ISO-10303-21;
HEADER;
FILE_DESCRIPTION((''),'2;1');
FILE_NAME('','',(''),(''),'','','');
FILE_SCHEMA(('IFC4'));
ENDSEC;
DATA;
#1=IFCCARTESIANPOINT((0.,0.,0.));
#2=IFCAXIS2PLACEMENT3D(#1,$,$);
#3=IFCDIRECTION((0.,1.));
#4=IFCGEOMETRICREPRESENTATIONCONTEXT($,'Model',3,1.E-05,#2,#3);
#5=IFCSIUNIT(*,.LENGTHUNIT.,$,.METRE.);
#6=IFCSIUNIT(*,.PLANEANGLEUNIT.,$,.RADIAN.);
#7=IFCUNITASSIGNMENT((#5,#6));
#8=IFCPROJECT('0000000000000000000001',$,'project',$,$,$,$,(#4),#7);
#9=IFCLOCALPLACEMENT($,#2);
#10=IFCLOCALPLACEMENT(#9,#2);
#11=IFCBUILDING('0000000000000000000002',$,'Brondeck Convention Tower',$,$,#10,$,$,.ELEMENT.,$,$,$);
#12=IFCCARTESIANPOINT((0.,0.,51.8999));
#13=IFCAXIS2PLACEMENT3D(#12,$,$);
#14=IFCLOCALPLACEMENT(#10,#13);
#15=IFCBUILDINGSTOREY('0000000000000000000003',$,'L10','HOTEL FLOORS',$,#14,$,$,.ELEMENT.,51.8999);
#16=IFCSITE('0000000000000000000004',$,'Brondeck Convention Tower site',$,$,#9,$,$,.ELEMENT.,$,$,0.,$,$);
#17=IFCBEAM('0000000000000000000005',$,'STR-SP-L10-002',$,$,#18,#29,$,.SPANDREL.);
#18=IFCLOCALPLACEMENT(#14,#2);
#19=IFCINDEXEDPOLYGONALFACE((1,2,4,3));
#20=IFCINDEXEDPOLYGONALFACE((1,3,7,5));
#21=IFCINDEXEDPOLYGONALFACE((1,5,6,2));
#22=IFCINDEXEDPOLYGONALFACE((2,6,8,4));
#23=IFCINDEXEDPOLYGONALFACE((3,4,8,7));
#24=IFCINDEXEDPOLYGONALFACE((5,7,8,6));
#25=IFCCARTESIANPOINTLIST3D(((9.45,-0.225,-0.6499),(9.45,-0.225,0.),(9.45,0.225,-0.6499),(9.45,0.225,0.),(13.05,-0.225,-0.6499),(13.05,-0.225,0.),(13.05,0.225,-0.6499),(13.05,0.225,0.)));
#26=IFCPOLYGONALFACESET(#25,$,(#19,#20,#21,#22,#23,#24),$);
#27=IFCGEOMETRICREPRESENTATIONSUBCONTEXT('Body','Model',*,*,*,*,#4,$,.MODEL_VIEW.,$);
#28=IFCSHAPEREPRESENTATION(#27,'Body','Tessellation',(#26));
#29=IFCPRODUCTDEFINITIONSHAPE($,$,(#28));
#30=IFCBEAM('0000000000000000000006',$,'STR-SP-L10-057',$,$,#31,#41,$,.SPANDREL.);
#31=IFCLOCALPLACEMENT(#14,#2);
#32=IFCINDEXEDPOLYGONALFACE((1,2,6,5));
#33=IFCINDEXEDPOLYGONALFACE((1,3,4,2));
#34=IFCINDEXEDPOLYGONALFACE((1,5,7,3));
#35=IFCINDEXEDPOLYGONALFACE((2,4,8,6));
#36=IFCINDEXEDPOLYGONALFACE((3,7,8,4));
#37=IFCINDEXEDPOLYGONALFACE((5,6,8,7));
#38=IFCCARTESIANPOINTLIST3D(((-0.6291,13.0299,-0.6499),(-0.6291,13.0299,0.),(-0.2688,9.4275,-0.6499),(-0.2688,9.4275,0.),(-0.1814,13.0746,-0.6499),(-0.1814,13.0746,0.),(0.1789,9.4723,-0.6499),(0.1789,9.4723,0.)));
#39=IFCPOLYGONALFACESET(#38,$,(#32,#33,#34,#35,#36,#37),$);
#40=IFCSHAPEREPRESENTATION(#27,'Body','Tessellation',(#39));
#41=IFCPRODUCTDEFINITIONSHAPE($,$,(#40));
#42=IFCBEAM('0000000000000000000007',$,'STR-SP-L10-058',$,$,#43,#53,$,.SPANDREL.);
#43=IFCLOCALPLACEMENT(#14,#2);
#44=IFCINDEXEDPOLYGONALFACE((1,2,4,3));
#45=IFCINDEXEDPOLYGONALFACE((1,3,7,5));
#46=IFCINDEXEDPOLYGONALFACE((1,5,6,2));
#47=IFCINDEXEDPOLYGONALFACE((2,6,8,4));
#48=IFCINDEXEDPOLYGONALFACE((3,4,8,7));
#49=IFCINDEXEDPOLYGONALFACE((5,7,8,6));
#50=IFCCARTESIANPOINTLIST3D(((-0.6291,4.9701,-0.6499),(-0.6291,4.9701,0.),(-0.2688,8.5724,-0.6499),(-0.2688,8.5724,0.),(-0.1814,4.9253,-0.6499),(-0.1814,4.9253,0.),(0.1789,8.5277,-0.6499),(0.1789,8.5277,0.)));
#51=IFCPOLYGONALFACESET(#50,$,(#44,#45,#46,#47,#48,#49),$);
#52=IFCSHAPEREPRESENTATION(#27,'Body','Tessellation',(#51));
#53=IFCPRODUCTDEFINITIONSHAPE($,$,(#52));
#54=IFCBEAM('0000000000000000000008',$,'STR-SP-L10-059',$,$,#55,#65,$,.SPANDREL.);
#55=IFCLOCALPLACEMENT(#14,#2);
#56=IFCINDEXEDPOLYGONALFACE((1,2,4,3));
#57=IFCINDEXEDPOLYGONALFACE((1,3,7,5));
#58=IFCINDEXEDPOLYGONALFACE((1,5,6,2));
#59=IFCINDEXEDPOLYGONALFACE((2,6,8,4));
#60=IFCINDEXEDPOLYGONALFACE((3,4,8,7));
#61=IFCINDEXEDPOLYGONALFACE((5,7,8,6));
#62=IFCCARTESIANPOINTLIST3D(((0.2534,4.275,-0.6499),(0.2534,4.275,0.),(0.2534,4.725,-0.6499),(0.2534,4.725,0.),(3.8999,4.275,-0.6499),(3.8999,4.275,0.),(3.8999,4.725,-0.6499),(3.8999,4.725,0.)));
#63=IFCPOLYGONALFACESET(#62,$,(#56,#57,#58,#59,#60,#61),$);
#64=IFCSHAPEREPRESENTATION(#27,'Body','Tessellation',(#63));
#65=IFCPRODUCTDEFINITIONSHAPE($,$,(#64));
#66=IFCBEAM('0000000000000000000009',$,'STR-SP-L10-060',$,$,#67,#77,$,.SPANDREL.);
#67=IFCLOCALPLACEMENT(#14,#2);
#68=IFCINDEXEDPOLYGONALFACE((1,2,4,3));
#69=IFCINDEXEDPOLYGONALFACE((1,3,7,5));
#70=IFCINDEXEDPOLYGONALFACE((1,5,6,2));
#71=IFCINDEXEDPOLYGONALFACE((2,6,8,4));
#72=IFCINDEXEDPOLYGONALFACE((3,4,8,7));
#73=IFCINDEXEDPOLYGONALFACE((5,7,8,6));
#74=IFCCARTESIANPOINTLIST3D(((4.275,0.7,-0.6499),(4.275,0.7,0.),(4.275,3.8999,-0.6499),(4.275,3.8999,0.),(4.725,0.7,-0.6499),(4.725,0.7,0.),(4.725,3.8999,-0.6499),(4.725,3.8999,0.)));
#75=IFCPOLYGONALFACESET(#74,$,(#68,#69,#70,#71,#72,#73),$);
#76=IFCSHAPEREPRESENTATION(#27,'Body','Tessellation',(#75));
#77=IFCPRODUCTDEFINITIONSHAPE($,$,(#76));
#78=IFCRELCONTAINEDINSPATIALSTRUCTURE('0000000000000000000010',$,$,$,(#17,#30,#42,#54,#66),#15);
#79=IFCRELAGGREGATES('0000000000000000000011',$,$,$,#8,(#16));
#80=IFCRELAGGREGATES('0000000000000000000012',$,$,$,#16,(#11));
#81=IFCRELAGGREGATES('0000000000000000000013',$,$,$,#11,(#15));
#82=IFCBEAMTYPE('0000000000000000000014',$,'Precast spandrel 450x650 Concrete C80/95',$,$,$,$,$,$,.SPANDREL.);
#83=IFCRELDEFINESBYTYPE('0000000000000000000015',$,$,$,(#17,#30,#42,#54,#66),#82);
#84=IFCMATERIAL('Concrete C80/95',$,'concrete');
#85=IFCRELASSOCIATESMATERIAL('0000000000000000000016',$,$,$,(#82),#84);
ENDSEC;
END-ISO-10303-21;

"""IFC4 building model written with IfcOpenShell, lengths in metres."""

from ifc_helpers import new_model, si_unit, direction, frame, origin, origin_2d, place, context, subcontext, project, spatial, rectangle, extrude, material, material_profile, profile_set, type_object, element, save


model = new_model("IFC4")

# Units and contexts
model_context = context("Model", 3, precision=1e-05, world=origin(), true_north=direction((0.0, 1.0)))
body_context = subcontext(model_context, "Body", "Model", "MODEL_VIEW")
ifc_project = project(units=[si_unit("LENGTHUNIT", "METRE"), si_unit("PLANEANGLEUNIT", "RADIAN")], contexts=[model_context])

# Site, building, storey
site_placement = place(None, origin())
site = spatial("IfcSite", under=ifc_project, at=site_placement, Name="Brondeck Convention Tower site", CompositionType="ELEMENT", RefElevation=0.0)
building_placement = place(site_placement, origin())
building = spatial("IfcBuilding", under=site, at=building_placement, Name="Brondeck Convention Tower", CompositionType="ELEMENT")
storey_placement = place(building_placement, frame((0.0, 0.0, 51.8999)))
storey = spatial("IfcBuildingStorey", under=building, at=storey_placement, Name="L10", Description="HOTEL FLOORS", CompositionType="ELEMENT", Elevation=51.8999)

# Shared definitions
ifc_material_1 = material(Name="Concrete C80/95", Category="concrete")

# Beams
ifc_material_profile_1 = material_profile(ifc_material_1, rectangle(XDim=0.45, YDim=0.6499, at=origin_2d()), Name="Precast spandrel 450x650 Concrete C80/95")
ifc_profile_set_1 = profile_set([ifc_material_profile_1], Name="Concrete C80/95")
beam_type_1 = type_object("IfcBeamType", Name="Precast spandrel 450x650 Concrete C80/95", PredefinedType="SPANDREL", material=ifc_profile_set_1)
for number, where, z_axis, x_axis, name in (
    (1, (9.45, 0.0, -0.325), (1.0, 0.0, 0.0), (0.0, 1.0, 0.0), "STR-SP-L10-002"),
):
    element("IfcBeam", number, at=place(storey_placement, frame(where, z_axis=z_axis, x_axis=x_axis)), inside=storey, type_object=beam_type_1, Name=name, PredefinedType="SPANDREL", context=body_context, shape_type="SweptSolid", body=[
        extrude(rectangle(XDim=0.45, YDim=0.6499, at=origin_2d()), origin(), (0.0, 0.0, 1.0), 3.6001),
    ])
for number, where, z_axis, x_axis, name in (
    (2, (-0.4053, 13.0522, -0.325), (0.099537, -0.995034, 0.0), (0.995034, 0.099537, 0.0), "STR-SP-L10-057"),
    (3, (-0.0449, 8.55, -0.325), (-0.099537, -0.995034, 0.0), (0.995034, -0.099537, 0.0), "STR-SP-L10-058"),
):
    element("IfcBeam", number, at=place(storey_placement, frame(where, z_axis=z_axis, x_axis=x_axis)), inside=storey, type_object=beam_type_1, Name=name, PredefinedType="SPANDREL", context=body_context, shape_type="SweptSolid", body=[
        extrude(rectangle(XDim=0.45, YDim=0.6499, at=origin_2d()), origin(), (0.0, 0.0, 1.0), 3.6204),
    ])
beam_1_placement = place(storey_placement, frame((0.2534, 4.5, -0.325), z_axis=(1.0, 0.0, 0.0), x_axis=(0.0, 1.0, 0.0)))
element("IfcBeam", 4, at=beam_1_placement, inside=storey, type_object=beam_type_1, Name="STR-SP-L10-059", PredefinedType="SPANDREL", context=body_context, shape_type="SweptSolid", body=[
    extrude(rectangle(XDim=0.45, YDim=0.6499, at=origin_2d()), origin(), (0.0, 0.0, 1.0), 3.6465),
])
beam_2_placement = place(storey_placement, frame((4.5, 3.8999, -0.325), z_axis=(0.0, -1.0, 0.0), x_axis=(1.0, 0.0, 0.0)))
element("IfcBeam", 5, at=beam_2_placement, inside=storey, type_object=beam_type_1, Name="STR-SP-L10-060", PredefinedType="SPANDREL", context=body_context, shape_type="SweptSolid", body=[
    extrude(rectangle(XDim=0.45, YDim=0.6499, at=origin_2d()), origin(), (0.0, 0.0, 1.0), 3.2),
])

save(model, "model.ifc")
